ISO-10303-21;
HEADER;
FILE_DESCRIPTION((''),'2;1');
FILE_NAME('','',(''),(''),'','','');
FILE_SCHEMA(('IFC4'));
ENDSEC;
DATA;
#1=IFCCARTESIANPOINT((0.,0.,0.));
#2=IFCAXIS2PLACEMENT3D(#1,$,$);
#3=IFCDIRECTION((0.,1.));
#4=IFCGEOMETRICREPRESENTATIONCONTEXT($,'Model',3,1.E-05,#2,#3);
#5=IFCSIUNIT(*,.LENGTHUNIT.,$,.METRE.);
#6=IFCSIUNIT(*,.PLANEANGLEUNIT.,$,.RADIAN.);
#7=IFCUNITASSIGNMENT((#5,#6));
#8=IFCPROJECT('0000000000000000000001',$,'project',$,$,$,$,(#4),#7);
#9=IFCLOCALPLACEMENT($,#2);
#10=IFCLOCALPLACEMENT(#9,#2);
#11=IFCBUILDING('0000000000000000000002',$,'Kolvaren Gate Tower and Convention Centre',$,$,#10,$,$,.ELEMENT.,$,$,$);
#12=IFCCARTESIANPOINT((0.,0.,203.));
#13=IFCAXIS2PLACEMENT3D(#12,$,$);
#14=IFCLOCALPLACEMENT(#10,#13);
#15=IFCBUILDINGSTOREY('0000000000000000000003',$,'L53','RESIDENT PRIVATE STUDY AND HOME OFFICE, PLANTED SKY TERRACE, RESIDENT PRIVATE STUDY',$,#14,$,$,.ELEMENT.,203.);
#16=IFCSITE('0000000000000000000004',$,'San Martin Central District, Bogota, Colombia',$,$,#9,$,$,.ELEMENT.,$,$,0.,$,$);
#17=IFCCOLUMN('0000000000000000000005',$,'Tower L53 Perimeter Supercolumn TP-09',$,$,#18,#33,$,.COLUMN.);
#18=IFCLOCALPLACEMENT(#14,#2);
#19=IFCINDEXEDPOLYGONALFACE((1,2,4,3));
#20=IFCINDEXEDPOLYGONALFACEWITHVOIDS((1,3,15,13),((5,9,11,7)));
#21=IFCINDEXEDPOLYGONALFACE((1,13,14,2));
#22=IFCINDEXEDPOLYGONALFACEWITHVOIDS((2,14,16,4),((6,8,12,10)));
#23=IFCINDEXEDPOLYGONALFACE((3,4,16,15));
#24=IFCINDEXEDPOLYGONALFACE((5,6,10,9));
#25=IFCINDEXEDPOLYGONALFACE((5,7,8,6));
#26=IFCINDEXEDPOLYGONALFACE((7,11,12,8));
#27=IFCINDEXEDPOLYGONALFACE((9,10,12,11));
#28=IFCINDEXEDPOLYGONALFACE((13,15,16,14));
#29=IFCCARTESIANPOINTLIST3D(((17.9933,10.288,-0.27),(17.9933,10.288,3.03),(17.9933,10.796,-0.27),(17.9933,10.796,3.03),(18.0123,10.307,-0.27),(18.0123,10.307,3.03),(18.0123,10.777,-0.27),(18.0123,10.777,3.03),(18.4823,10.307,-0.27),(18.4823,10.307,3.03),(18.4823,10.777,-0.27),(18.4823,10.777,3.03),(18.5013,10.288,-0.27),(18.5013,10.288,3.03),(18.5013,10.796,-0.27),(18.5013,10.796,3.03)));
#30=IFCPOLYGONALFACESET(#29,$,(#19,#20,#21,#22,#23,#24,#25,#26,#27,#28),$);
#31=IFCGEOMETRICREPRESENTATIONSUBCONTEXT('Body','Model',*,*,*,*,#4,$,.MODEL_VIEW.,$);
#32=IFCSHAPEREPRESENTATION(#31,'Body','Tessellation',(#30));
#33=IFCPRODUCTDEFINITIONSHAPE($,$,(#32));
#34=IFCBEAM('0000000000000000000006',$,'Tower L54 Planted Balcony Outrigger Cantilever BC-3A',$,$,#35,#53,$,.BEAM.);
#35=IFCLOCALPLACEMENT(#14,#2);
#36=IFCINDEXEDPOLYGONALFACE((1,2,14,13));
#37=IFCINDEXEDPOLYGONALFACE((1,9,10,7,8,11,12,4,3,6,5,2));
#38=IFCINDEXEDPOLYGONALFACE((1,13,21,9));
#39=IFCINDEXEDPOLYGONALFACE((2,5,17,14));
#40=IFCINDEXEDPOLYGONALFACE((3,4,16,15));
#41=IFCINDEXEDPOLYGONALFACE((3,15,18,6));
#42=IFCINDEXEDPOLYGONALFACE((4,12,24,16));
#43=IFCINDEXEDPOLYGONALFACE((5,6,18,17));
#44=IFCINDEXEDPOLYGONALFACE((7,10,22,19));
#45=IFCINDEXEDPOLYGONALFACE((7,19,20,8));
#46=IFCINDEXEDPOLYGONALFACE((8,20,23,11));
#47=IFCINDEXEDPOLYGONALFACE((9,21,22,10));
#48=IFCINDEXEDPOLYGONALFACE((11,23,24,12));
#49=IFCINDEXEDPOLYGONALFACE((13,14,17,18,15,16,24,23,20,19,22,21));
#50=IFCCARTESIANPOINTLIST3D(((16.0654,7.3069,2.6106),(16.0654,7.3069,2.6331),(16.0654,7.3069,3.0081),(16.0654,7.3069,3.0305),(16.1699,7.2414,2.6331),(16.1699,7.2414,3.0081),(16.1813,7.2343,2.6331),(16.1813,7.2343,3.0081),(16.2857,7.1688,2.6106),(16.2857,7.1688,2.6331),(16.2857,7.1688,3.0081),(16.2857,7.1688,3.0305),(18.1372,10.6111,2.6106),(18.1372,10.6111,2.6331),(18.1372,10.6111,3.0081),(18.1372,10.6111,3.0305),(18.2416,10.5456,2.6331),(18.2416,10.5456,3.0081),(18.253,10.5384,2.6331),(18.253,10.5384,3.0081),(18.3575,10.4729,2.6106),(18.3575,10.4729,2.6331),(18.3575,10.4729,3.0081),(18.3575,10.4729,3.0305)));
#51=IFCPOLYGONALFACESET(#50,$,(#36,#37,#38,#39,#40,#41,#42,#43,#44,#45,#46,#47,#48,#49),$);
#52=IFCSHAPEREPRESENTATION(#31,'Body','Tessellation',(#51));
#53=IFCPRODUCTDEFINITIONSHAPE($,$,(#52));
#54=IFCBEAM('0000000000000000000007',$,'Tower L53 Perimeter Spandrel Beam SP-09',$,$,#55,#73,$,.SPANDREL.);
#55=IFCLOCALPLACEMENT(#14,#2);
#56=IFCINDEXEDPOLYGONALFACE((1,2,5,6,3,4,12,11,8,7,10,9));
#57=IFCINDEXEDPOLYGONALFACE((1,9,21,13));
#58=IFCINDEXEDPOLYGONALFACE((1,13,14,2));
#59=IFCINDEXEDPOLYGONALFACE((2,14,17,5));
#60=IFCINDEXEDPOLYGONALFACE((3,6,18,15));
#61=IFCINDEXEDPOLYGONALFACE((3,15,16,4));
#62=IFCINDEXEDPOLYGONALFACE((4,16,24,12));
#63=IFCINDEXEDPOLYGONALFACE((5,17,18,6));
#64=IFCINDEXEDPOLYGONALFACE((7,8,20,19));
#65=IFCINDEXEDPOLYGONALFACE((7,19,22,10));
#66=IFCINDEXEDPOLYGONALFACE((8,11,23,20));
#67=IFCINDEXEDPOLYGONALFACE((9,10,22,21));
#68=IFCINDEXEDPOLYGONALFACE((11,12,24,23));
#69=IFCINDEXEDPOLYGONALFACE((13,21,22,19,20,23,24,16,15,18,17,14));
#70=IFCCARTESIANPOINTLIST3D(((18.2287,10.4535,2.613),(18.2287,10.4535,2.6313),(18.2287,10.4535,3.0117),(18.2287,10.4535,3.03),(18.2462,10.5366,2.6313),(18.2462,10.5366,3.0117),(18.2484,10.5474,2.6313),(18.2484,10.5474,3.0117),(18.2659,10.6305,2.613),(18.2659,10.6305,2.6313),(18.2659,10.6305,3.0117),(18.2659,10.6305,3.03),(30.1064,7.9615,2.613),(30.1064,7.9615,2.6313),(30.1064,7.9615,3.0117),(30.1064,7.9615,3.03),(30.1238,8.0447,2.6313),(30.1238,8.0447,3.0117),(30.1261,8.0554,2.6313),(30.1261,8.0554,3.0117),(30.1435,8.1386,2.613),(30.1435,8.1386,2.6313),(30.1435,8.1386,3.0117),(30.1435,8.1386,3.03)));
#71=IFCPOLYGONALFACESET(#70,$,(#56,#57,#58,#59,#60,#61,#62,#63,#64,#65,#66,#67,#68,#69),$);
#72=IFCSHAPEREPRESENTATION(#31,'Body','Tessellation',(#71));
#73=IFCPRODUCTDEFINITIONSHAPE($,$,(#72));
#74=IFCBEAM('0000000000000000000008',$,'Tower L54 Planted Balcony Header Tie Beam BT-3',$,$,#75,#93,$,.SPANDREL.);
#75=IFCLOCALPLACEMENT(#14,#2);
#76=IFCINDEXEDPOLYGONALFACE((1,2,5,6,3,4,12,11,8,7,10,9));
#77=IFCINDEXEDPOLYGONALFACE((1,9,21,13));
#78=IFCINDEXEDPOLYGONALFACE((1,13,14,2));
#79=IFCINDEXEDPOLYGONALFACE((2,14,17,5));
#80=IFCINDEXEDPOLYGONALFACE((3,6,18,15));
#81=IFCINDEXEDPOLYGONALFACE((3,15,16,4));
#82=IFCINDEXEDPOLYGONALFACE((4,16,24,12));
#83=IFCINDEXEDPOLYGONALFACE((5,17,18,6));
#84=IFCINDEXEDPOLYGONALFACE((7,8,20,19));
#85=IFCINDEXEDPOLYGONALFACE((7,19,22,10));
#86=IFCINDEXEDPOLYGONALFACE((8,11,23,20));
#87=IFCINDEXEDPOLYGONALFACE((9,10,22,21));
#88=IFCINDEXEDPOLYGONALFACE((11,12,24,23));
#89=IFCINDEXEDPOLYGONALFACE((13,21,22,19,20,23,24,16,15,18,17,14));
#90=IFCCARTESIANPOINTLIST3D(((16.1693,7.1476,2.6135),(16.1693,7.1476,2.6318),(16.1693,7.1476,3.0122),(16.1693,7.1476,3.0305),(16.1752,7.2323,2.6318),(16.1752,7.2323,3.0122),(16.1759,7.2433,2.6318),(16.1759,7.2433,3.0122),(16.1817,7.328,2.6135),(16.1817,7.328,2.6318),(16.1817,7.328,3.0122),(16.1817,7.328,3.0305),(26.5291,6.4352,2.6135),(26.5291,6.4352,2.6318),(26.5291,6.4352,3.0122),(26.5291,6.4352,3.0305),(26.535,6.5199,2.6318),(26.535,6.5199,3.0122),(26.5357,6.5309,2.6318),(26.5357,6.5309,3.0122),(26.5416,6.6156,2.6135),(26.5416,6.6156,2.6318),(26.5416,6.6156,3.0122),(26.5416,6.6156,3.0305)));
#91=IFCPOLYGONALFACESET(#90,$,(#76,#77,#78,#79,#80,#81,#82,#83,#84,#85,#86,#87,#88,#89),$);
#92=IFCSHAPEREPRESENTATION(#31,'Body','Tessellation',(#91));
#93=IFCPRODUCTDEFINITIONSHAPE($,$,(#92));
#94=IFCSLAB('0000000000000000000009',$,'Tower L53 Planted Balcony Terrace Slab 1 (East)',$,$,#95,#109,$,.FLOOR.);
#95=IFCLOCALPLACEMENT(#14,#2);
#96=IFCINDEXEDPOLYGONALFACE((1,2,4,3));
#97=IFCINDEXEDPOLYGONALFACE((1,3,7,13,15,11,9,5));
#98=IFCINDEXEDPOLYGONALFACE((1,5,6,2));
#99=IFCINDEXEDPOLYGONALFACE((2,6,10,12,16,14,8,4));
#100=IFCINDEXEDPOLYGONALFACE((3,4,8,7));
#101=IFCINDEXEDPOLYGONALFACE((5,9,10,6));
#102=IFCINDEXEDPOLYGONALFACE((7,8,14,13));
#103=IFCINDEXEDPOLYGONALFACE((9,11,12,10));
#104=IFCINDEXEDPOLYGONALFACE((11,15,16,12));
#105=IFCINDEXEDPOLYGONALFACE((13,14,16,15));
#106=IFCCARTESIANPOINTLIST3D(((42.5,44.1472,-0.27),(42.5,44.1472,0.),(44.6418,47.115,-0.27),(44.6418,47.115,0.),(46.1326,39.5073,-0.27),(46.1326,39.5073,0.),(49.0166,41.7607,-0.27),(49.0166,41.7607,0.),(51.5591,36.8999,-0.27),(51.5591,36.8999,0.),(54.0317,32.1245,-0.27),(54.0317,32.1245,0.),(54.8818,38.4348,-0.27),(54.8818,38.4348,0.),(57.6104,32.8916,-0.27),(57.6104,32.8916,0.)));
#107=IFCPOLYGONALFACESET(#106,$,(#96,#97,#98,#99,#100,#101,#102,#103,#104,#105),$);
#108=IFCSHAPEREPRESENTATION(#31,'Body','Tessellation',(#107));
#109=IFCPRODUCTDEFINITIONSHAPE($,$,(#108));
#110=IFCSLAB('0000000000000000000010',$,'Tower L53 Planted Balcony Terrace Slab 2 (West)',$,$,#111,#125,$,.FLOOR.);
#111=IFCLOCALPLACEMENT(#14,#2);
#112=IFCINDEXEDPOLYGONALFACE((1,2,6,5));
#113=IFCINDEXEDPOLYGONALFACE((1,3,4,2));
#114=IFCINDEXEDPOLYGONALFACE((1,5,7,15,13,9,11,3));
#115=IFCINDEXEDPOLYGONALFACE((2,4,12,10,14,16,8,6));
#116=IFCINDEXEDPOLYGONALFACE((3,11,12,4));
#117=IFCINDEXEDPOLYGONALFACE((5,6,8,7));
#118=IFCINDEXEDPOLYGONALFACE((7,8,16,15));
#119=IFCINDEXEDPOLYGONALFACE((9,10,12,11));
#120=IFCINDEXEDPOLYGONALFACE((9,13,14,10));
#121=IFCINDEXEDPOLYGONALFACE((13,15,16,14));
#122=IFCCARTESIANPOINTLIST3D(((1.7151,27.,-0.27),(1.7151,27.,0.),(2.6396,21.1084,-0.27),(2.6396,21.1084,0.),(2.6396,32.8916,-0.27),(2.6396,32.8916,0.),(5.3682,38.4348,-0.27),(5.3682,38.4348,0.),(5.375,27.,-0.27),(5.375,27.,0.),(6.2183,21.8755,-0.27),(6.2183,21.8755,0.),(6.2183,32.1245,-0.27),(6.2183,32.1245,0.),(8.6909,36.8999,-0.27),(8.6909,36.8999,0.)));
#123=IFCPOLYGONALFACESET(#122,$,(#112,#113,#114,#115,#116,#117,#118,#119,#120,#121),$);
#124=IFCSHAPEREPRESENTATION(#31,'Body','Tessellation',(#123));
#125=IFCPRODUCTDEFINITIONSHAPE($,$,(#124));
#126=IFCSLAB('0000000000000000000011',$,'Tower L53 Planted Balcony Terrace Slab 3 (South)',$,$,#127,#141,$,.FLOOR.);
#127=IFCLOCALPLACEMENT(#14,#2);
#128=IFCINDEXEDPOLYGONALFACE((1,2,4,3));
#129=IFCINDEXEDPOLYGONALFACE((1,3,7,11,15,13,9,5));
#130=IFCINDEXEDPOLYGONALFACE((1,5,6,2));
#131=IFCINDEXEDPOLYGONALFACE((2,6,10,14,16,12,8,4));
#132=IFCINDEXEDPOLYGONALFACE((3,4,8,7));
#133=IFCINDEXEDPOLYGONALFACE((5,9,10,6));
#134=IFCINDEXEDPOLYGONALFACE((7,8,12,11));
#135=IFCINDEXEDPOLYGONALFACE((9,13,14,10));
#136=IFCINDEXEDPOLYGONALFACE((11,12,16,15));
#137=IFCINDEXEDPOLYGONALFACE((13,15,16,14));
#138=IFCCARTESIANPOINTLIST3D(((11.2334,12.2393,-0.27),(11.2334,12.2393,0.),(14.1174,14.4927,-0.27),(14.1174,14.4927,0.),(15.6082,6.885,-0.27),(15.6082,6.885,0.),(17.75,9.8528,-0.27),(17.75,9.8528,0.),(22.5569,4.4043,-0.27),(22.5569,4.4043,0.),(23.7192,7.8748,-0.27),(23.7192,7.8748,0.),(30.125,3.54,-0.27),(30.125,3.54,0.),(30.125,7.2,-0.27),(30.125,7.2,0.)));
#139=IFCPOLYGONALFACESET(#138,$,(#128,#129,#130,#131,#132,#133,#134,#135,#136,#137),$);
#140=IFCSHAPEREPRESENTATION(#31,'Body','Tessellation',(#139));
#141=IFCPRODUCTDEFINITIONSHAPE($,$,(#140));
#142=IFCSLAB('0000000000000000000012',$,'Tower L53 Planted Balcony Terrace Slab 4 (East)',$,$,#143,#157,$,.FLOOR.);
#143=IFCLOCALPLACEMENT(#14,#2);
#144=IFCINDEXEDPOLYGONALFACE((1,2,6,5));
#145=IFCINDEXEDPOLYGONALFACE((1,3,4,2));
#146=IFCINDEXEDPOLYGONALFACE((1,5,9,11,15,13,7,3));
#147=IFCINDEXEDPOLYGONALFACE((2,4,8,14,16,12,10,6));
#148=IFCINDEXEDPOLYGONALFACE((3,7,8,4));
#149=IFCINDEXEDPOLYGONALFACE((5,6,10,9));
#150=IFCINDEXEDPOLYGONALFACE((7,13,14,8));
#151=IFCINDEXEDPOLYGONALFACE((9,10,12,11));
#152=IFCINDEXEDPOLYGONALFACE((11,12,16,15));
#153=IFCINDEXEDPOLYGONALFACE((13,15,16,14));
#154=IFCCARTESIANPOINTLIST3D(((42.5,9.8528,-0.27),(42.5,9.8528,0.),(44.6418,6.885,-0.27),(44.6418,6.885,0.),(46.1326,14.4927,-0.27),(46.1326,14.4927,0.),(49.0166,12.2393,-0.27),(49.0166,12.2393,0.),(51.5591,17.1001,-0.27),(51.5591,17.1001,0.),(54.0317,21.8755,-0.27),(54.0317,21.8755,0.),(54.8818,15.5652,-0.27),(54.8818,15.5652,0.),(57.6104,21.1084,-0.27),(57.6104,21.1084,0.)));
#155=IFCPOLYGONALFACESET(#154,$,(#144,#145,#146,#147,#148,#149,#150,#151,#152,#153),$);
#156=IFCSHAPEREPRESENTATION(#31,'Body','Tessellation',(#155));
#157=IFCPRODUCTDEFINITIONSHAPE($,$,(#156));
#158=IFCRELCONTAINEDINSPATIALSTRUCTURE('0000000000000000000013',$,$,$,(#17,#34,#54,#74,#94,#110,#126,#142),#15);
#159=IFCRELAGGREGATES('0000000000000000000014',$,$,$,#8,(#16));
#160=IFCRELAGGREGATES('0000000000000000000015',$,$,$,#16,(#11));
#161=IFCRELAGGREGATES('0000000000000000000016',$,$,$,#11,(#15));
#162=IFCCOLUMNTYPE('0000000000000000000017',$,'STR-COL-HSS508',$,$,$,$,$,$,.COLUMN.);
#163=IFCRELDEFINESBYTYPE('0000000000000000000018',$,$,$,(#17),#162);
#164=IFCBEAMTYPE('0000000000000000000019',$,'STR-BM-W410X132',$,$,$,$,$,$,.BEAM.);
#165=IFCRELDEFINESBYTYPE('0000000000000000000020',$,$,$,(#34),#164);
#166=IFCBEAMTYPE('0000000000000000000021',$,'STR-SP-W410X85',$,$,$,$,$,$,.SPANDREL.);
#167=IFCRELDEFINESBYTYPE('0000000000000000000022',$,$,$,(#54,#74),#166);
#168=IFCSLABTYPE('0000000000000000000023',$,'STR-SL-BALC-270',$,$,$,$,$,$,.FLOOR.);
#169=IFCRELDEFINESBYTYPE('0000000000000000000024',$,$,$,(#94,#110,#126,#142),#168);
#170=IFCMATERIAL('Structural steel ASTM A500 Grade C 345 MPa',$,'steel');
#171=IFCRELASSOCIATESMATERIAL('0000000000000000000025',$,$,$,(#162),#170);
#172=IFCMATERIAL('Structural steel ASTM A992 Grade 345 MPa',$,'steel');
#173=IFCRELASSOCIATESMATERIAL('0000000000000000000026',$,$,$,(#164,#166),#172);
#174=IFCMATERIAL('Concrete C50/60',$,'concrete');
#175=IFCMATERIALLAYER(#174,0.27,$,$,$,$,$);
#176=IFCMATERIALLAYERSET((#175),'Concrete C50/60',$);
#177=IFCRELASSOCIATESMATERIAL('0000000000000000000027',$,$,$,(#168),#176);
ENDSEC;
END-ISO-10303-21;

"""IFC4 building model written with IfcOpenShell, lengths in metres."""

from ifc_helpers import new_model, si_unit, direction, frame, origin, origin_2d, place, context, subcontext, project, spatial, polyline, hollow_rectangle, i_section, outline, extrude, material, layer, layer_set, material_profile, profile_set, type_object, element, save


model = new_model("IFC4")

# Units and contexts
model_context = context("Model", 3, precision=1e-05, world=origin(), true_north=direction((0.0, 1.0)))
body_context = subcontext(model_context, "Body", "Model", "MODEL_VIEW")
ifc_project = project(units=[si_unit("LENGTHUNIT", "METRE"), si_unit("PLANEANGLEUNIT", "RADIAN")], contexts=[model_context])

# Site, building, storey
site_placement = place(None, origin())
site = spatial("IfcSite", under=ifc_project, at=site_placement, Name="San Martin Central District, Bogota, Colombia", CompositionType="ELEMENT", RefElevation=0.0)
building_placement = place(site_placement, origin())
building = spatial("IfcBuilding", under=site, at=building_placement, Name="Kolvaren Gate Tower and Convention Centre", CompositionType="ELEMENT")
storey_placement = place(building_placement, frame((0.0, 0.0, 203.0)))
storey = spatial("IfcBuildingStorey", under=building, at=storey_placement, Name="L53", Description="RESIDENT PRIVATE STUDY AND HOME OFFICE, PLANTED SKY TERRACE, RESIDENT PRIVATE STUDY", CompositionType="ELEMENT", Elevation=203.0)

# Column
ifc_material_1 = material(Name="Structural steel ASTM A500 Grade C 345 MPa", Category="steel")
ifc_material_profile_1 = material_profile(ifc_material_1, hollow_rectangle(XDim=0.5081, YDim=0.5081, WallThickness=0.019, at=origin_2d()), Name="HSS508X508X19.1")
ifc_profile_set_1 = profile_set([ifc_material_profile_1], Name="Structural steel ASTM A500 Grade C 345 MPa")
column_type = type_object("IfcColumnType", Name="STR-COL-HSS508", PredefinedType="COLUMN", material=ifc_profile_set_1)
column_placement = place(storey_placement, frame((18.2473, 10.542, -0.27), z_axis=(0.0, 0.0, 1.0), x_axis=(1.0, 0.0, 0.0)))
element("IfcColumn", 1, at=column_placement, inside=storey, type_object=column_type, Name="Tower L53 Perimeter Supercolumn TP-09", PredefinedType="COLUMN", context=body_context, shape_type="SweptSolid", body=[
    extrude(hollow_rectangle(XDim=0.5081, YDim=0.5081, WallThickness=0.019, at=origin_2d()), origin(), (0.0, 0.0, 1.0), 3.3),
])

# Beams
ifc_material_2 = material(Name="Structural steel ASTM A992 Grade 345 MPa", Category="steel")
ifc_material_profile_2 = material_profile(ifc_material_2, i_section(OverallWidth=0.26, OverallDepth=0.4199, WebThickness=0.0134, FlangeThickness=0.0225, at=origin_2d()), Name="W410X132")
ifc_profile_set_2 = profile_set([ifc_material_profile_2], Name="Structural steel ASTM A992 Grade 345 MPa")
beam_type_1 = type_object("IfcBeamType", Name="STR-BM-W410X132", PredefinedType="BEAM", material=ifc_profile_set_2)
beam_1_placement = place(storey_placement, frame((18.2473, 10.542, 2.8206), z_axis=(-0.531225, -0.847231, 0.0), x_axis=(0.847231, -0.531225, 0.0)))
element("IfcBeam", 2, at=beam_1_placement, inside=storey, type_object=beam_type_1, Name="Tower L54 Planted Balcony Outrigger Cantilever BC-3A", PredefinedType="BEAM", context=body_context, shape_type="SweptSolid", body=[
    extrude(i_section(OverallWidth=0.26, OverallDepth=0.4199, WebThickness=0.0134, FlangeThickness=0.0225, at=origin_2d()), origin(), (0.0, 0.0, 1.0), 3.8999),
])
ifc_material_profile_3 = material_profile(ifc_material_2, i_section(OverallWidth=0.1809, OverallDepth=0.417, WebThickness=0.011, FlangeThickness=0.0183, at=origin_2d()), Name="W410X85")
ifc_profile_set_3 = profile_set([ifc_material_profile_3], Name="Structural steel ASTM A992 Grade 345 MPa")
beam_type_2 = type_object("IfcBeamType", Name="STR-SP-W410X85", PredefinedType="SPANDREL", material=ifc_profile_set_3)
beam_2_placement = place(storey_placement, frame((18.2473, 10.542, 2.8215), z_axis=(0.978693, -0.20533, 0.0), x_axis=(0.20533, 0.978693, 0.0)))
element("IfcBeam", 3, at=beam_2_placement, inside=storey, type_object=beam_type_2, Name="Tower L53 Perimeter Spandrel Beam SP-09", PredefinedType="SPANDREL", context=body_context, shape_type="SweptSolid", body=[
    extrude(i_section(OverallWidth=0.1809, OverallDepth=0.417, WebThickness=0.011, FlangeThickness=0.0183, at=origin_2d()), origin(), (0.0, 0.0, 1.0), 12.1362),
])
beam_3_placement = place(storey_placement, frame((16.1755, 7.2378, 2.822), z_axis=(0.997644, -0.068604, 0.0), x_axis=(0.068604, 0.997644, 0.0)))
element("IfcBeam", 4, at=beam_3_placement, inside=storey, type_object=beam_type_2, Name="Tower L54 Planted Balcony Header Tie Beam BT-3", PredefinedType="SPANDREL", context=body_context, shape_type="SweptSolid", body=[
    extrude(i_section(OverallWidth=0.1809, OverallDepth=0.417, WebThickness=0.011, FlangeThickness=0.0183, at=origin_2d()), origin(), (0.0, 0.0, 1.0), 10.3843),
])

# Slabs
ifc_material_3 = material(Name="Concrete C50/60", Category="concrete")
ifc_layer_1 = layer(ifc_material_3, 0.27)
ifc_layer_set_1 = layer_set([ifc_layer_1], Name="Concrete C50/60")
slab_type_1 = type_object("IfcSlabType", Name="STR-SL-BALC-270", PredefinedType="FLOOR", material=ifc_layer_set_1)
slab_1_placement = place(storey_placement, frame((0.0, 0.0, -0.27)))
element("IfcSlab", 5, at=slab_1_placement, inside=storey, type_object=slab_type_1, Name="Tower L53 Planted Balcony Terrace Slab 1 (East)", PredefinedType="FLOOR", context=body_context, shape_type="SweptSolid", body=[
    extrude(outline(polyline([(54.0317, 32.1245), (51.5591, 36.8999), (46.1326, 39.5073), (42.5, 44.1472), (44.6418, 47.115), (49.0166, 41.7607), (54.8818, 38.4348), (57.6104, 32.8916), (54.0317, 32.1245)])), origin(), (0.0, 0.0, 1.0), 0.27),
])
slab_2_placement = place(storey_placement, frame((0.0, 0.0, -0.27)))
element("IfcSlab", 6, at=slab_2_placement, inside=storey, type_object=slab_type_1, Name="Tower L53 Planted Balcony Terrace Slab 2 (West)", PredefinedType="FLOOR", context=body_context, shape_type="SweptSolid", body=[
    extrude(outline(polyline([(8.6909, 36.8999), (6.2183, 32.1245), (5.375, 27.0), (6.2183, 21.8755), (2.6396, 21.1084), (1.7151, 27.0), (2.6396, 32.8916), (5.3682, 38.4348), (8.6909, 36.8999)])), origin(), (0.0, 0.0, 1.0), 0.27),
])
slab_3_placement = place(storey_placement, frame((0.0, 0.0, -0.27)))
element("IfcSlab", 7, at=slab_3_placement, inside=storey, type_object=slab_type_1, Name="Tower L53 Planted Balcony Terrace Slab 3 (South)", PredefinedType="FLOOR", context=body_context, shape_type="SweptSolid", body=[
    extrude(outline(polyline([(14.1174, 14.4927), (17.75, 9.8528), (23.7192, 7.8748), (30.125, 7.2), (30.125, 3.54), (22.5569, 4.4043), (15.6082, 6.885), (11.2334, 12.2393), (14.1174, 14.4927)])), origin(), (0.0, 0.0, 1.0), 0.27),
])
slab_4_placement = place(storey_placement, frame((0.0, 0.0, -0.27)))
element("IfcSlab", 8, at=slab_4_placement, inside=storey, type_object=slab_type_1, Name="Tower L53 Planted Balcony Terrace Slab 4 (East)", PredefinedType="FLOOR", context=body_context, shape_type="SweptSolid", body=[
    extrude(outline(polyline([(42.5, 9.8528), (46.1326, 14.4927), (51.5591, 17.1001), (54.0317, 21.8755), (57.6104, 21.1084), (54.8818, 15.5652), (49.0166, 12.2393), (44.6418, 6.885), (42.5, 9.8528)])), origin(), (0.0, 0.0, 1.0), 0.27),
])

save(model, "model.ifc")
